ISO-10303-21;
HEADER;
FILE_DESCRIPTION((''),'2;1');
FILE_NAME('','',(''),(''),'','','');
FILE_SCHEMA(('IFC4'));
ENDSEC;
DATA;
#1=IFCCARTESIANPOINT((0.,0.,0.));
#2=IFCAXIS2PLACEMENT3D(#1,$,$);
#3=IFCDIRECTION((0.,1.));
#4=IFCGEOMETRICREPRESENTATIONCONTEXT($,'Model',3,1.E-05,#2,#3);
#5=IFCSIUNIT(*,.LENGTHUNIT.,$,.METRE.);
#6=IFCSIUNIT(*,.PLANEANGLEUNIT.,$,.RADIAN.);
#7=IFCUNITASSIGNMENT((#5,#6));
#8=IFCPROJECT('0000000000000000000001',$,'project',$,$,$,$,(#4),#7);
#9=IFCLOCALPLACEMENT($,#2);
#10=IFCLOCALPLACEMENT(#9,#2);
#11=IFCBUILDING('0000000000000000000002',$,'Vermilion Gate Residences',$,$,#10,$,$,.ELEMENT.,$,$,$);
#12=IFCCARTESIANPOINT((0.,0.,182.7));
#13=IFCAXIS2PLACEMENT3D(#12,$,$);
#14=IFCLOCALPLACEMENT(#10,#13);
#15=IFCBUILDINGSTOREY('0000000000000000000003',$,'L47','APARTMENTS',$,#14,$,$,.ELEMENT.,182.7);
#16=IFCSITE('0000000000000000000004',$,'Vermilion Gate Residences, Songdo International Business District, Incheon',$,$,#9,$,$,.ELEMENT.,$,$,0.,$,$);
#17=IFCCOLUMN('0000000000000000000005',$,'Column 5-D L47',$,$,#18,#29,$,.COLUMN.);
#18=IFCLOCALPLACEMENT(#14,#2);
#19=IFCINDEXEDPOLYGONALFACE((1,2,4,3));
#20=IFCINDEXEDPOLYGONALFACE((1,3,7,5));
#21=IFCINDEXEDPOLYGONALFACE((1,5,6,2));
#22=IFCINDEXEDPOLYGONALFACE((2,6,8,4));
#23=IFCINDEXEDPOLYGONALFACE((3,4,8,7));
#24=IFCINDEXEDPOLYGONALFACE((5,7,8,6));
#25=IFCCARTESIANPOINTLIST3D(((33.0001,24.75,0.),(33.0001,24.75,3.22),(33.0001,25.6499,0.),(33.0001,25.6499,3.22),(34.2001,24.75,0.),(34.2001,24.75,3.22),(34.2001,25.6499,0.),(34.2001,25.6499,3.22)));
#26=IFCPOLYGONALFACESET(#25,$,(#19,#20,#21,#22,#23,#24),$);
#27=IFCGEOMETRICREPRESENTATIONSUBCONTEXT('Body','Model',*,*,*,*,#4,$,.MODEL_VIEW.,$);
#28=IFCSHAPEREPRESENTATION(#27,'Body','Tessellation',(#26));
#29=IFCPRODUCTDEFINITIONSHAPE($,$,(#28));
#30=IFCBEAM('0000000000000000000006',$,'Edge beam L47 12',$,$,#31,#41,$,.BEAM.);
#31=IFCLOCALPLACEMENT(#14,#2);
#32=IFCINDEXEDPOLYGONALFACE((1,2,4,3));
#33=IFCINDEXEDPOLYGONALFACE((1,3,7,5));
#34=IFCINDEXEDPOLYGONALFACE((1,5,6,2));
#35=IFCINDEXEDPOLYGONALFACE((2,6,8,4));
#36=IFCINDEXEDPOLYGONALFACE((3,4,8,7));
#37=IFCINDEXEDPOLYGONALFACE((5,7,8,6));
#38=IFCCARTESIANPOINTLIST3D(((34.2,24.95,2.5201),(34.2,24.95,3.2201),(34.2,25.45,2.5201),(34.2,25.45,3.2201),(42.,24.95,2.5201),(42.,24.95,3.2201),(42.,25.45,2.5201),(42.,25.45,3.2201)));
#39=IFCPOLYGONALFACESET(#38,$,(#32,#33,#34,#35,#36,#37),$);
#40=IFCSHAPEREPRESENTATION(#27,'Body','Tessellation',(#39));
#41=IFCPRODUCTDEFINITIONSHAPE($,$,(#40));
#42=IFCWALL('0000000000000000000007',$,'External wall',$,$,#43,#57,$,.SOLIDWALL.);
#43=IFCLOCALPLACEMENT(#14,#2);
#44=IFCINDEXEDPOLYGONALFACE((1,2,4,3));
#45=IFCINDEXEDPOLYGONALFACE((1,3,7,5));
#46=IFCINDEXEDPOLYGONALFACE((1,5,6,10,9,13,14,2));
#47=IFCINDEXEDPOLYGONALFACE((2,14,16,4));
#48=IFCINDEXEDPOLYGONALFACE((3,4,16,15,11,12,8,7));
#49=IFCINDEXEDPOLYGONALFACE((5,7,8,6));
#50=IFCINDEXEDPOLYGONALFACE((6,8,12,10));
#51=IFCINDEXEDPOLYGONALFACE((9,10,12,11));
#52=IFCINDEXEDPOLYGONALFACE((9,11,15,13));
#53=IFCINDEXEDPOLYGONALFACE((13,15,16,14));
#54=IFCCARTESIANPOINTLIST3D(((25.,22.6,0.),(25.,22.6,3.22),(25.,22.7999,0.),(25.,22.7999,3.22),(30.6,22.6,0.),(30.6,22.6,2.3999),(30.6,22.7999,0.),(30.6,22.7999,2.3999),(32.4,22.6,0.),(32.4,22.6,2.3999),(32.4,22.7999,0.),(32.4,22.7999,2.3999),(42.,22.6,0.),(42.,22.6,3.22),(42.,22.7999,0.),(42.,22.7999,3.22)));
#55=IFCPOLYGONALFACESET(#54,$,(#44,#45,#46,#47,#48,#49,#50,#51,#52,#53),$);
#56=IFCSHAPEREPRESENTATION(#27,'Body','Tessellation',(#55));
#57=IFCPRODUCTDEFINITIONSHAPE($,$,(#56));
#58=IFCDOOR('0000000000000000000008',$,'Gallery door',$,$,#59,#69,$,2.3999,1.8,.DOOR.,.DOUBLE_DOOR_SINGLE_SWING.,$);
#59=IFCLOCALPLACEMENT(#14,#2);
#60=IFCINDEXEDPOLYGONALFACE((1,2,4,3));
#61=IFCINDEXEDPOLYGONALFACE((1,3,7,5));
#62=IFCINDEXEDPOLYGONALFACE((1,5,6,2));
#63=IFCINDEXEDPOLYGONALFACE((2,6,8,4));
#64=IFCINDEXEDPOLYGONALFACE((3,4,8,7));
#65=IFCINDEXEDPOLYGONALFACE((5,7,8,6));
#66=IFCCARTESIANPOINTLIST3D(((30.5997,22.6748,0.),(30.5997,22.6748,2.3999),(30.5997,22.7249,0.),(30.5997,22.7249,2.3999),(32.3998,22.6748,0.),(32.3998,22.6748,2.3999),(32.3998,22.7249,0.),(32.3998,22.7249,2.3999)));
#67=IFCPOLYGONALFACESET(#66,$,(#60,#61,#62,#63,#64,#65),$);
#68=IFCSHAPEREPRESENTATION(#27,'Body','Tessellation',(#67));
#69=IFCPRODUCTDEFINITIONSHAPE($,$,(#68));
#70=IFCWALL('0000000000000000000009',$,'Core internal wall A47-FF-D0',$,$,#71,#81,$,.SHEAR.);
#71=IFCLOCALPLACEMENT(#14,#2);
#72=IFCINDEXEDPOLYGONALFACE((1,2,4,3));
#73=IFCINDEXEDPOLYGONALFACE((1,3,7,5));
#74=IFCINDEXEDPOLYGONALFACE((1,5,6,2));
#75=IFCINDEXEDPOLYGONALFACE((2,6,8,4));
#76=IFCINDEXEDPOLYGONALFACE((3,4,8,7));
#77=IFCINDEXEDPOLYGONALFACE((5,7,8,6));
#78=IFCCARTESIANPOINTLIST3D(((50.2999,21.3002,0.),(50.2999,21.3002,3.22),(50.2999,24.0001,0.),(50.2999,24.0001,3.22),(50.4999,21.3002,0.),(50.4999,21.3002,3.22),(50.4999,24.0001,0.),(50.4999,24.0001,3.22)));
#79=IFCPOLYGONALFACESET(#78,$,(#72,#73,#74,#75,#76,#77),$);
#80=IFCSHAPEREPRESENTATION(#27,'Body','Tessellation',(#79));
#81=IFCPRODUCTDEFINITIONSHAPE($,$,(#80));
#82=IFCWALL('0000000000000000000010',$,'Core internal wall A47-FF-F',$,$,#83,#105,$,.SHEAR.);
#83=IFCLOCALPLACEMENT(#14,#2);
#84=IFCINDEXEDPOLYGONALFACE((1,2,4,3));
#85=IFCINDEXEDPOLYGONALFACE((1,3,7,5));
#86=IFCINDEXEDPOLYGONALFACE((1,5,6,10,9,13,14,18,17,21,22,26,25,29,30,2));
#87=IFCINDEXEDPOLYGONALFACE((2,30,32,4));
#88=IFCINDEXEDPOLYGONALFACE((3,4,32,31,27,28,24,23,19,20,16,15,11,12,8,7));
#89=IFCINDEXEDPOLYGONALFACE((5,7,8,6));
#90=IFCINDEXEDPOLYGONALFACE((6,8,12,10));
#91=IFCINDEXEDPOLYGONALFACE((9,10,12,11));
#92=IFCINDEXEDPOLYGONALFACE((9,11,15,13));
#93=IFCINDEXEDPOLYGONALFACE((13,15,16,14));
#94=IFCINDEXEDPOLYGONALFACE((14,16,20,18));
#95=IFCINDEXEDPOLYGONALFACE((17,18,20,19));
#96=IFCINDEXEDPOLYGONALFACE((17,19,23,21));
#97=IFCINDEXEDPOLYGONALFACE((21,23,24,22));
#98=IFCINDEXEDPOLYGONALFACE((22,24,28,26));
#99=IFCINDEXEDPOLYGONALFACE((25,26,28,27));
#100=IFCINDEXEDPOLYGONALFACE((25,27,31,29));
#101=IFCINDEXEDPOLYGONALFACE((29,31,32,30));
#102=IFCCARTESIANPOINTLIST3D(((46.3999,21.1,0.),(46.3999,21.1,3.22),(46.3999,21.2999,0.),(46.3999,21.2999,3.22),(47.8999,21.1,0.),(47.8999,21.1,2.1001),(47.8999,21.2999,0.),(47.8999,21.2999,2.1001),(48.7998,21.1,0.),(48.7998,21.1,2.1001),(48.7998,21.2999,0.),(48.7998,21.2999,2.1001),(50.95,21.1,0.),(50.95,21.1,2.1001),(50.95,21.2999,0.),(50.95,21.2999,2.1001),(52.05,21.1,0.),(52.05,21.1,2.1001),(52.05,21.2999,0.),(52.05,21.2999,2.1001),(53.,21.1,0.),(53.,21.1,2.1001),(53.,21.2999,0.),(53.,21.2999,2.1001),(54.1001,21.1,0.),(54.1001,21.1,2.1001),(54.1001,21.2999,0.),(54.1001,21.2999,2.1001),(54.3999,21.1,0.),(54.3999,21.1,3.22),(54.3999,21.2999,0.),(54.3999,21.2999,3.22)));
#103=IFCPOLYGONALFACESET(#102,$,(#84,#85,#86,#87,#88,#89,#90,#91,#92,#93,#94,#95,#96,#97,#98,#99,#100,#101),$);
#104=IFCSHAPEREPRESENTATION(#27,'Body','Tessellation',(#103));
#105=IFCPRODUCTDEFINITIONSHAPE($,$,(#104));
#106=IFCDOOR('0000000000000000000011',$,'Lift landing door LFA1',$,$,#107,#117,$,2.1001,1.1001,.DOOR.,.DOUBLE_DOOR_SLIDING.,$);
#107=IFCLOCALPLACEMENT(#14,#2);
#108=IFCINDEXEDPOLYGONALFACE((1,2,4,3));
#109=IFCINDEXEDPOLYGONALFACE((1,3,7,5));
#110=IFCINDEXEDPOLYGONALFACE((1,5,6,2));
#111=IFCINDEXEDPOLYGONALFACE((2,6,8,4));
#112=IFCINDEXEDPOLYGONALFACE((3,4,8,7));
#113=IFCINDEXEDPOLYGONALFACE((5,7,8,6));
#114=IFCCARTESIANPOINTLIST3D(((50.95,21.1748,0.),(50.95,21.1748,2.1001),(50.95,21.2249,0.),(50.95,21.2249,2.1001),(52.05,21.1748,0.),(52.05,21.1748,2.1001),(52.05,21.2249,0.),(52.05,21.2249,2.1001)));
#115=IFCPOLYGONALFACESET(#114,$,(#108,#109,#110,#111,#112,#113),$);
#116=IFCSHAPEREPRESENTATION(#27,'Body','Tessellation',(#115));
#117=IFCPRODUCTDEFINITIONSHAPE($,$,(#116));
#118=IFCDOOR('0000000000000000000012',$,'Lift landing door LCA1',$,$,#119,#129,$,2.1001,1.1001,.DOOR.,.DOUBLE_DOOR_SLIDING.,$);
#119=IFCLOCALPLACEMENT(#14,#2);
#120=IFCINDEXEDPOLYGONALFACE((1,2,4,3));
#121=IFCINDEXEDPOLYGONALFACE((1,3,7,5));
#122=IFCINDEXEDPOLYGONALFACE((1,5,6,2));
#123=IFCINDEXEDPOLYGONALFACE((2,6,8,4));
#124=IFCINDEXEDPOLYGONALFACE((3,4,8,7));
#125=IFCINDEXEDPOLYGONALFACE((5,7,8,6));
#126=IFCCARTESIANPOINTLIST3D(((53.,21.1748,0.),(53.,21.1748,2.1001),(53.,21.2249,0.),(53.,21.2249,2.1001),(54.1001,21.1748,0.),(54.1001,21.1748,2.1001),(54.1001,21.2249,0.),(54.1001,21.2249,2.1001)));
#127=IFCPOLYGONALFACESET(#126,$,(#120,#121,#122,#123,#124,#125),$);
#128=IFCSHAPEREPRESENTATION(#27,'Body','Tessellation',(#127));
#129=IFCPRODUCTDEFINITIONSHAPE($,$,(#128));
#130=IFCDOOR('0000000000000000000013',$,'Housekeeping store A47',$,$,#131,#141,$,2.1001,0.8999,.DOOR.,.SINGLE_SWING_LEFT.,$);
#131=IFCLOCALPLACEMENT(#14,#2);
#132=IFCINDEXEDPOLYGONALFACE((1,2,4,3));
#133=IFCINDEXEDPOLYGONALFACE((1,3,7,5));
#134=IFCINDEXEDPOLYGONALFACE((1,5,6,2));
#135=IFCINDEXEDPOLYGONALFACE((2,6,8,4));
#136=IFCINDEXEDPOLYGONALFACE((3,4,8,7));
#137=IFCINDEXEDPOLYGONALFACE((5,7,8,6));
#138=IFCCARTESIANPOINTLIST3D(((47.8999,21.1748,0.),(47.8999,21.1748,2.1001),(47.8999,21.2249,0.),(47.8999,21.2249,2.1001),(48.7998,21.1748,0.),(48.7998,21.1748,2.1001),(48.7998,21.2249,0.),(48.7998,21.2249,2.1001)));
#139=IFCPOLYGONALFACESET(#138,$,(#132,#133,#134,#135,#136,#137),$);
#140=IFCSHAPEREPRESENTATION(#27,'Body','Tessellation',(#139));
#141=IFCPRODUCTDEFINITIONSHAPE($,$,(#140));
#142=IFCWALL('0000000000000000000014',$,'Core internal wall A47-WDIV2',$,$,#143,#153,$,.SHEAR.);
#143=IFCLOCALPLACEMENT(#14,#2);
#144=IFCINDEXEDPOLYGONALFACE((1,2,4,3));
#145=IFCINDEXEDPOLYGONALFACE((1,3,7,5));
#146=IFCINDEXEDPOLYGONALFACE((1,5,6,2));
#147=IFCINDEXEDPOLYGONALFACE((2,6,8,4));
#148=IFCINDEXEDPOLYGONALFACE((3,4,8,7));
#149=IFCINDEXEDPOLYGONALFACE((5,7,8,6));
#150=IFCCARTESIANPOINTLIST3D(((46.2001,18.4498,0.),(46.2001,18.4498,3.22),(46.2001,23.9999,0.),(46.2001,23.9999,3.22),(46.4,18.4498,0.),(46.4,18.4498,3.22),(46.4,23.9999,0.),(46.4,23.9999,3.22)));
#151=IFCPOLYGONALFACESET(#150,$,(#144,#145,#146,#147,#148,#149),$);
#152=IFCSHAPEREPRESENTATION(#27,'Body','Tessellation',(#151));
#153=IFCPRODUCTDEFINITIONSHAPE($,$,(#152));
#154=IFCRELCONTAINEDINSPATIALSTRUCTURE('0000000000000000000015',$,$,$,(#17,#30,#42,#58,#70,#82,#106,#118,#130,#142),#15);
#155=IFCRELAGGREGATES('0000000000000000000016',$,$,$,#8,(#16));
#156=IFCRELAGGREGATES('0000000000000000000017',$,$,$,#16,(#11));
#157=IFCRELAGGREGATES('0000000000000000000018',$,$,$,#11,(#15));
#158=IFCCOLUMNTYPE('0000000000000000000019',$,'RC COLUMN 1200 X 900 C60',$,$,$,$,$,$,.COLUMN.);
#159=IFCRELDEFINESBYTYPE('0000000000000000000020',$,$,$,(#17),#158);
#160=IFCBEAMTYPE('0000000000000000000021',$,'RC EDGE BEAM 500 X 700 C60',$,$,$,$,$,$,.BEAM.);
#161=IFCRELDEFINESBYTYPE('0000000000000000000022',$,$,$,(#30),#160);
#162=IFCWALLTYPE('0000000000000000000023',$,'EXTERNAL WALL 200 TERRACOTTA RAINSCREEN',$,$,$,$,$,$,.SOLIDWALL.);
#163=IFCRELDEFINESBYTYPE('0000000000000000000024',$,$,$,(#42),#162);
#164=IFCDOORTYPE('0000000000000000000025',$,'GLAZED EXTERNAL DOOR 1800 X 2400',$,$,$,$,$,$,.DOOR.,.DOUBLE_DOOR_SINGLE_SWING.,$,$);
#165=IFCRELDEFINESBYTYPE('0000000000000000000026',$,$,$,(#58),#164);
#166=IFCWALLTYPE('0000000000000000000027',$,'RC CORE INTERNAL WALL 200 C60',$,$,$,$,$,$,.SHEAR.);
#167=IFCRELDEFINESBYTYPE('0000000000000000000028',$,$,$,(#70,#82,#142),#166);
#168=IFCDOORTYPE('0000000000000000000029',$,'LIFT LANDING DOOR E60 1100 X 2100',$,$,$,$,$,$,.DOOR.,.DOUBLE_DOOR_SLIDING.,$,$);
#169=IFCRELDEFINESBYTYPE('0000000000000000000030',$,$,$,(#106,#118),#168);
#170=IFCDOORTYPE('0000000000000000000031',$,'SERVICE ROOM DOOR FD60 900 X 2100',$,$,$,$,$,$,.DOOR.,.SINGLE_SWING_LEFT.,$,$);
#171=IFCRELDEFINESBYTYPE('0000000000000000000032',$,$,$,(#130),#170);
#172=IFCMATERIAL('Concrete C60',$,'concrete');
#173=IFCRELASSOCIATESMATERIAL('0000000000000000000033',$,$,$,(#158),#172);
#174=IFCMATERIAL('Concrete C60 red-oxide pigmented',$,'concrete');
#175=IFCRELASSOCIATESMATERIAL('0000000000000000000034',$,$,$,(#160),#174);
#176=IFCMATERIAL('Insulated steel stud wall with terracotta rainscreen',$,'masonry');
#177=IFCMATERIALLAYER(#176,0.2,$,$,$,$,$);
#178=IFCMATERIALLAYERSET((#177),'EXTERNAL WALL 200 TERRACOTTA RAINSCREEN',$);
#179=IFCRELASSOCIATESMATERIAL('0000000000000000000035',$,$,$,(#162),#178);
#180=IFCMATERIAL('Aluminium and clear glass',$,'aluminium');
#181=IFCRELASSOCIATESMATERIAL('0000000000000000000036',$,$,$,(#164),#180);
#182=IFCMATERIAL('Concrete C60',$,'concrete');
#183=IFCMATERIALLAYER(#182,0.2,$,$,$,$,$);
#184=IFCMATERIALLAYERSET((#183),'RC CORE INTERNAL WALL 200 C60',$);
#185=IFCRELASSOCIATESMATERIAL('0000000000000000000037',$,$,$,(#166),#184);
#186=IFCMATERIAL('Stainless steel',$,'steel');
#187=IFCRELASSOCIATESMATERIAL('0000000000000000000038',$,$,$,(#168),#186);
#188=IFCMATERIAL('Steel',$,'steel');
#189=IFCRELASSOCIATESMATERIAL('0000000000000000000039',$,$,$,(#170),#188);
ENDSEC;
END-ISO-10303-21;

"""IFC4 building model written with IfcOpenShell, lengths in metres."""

from ifc_helpers import new_model, si_unit, direction, frame, frame_2d, origin, origin_2d, place, context, subcontext, project, spatial, rectangle, extrude, material, layer, layer_set, material_profile, profile_set, type_object, element, fill, save


model = new_model("IFC4")

# Units and contexts
model_context = context("Model", 3, precision=1e-05, world=origin(), true_north=direction((0.0, 1.0)))
body_context = subcontext(model_context, "Body", "Model", "MODEL_VIEW")
ifc_project = project(units=[si_unit("LENGTHUNIT", "METRE"), si_unit("PLANEANGLEUNIT", "RADIAN")], contexts=[model_context])

# Site, building, storey
site_placement = place(None, origin())
site = spatial("IfcSite", under=ifc_project, at=site_placement, Name="Vermilion Gate Residences, Songdo International Business District, Incheon", CompositionType="ELEMENT", RefElevation=0.0)
building_placement = place(site_placement, origin())
building = spatial("IfcBuilding", under=site, at=building_placement, Name="Vermilion Gate Residences", CompositionType="ELEMENT")
storey_placement = place(building_placement, frame((0.0, 0.0, 182.7)))
storey = spatial("IfcBuildingStorey", under=building, at=storey_placement, Name="L47", Description="APARTMENTS", CompositionType="ELEMENT", Elevation=182.7)

# Column
ifc_material_1 = material(Name="Concrete C60", Category="concrete")
ifc_material_profile_1 = material_profile(ifc_material_1, rectangle(XDim=1.2, YDim=0.8999, at=origin_2d()), Name="RC-1200x900")
ifc_profile_set_1 = profile_set([ifc_material_profile_1], Name="Concrete C60")
column_type = type_object("IfcColumnType", Name="RC COLUMN 1200 X 900 C60", PredefinedType="COLUMN", material=ifc_profile_set_1)
column_placement = place(storey_placement, frame((33.6001, 25.2, 0.0), z_axis=(0.0, 0.0, 1.0), x_axis=(1.0, 0.0, 0.0)))
element("IfcColumn", 1, at=column_placement, inside=storey, type_object=column_type, Name="Column 5-D L47", PredefinedType="COLUMN", context=body_context, shape_type="SweptSolid", body=[
    extrude(rectangle(XDim=1.2, YDim=0.8999, at=origin_2d()), origin(), (0.0, 0.0, 1.0), 3.22),
])

# Beam
ifc_material_2 = material(Name="Concrete C60 red-oxide pigmented", Category="concrete")
ifc_material_profile_2 = material_profile(ifc_material_2, rectangle(XDim=0.5, YDim=0.7, at=origin_2d()), Name="RC-500x700")
ifc_profile_set_2 = profile_set([ifc_material_profile_2], Name="Concrete C60 red-oxide pigmented")
beam_type = type_object("IfcBeamType", Name="RC EDGE BEAM 500 X 700 C60", PredefinedType="BEAM", material=ifc_profile_set_2)
beam_placement = place(storey_placement, frame((34.2, 25.2, 2.8701), z_axis=(1.0, 0.0, 0.0), x_axis=(0.0, 1.0, 0.0)))
element("IfcBeam", 2, at=beam_placement, inside=storey, type_object=beam_type, Name="Edge beam L47 12", PredefinedType="BEAM", context=body_context, shape_type="SweptSolid", body=[
    extrude(rectangle(XDim=0.5, YDim=0.7, at=origin_2d()), origin(), (0.0, 0.0, 1.0), 7.8),
])

# Wall, opening, door
ifc_material_3 = material(Name="Insulated steel stud wall with terracotta rainscreen", Category="masonry")
ifc_layer_1 = layer(ifc_material_3, 0.2)
ifc_layer_set_1 = layer_set([ifc_layer_1], Name="EXTERNAL WALL 200 TERRACOTTA RAINSCREEN")
wall_type_1 = type_object("IfcWallType", Name="EXTERNAL WALL 200 TERRACOTTA RAINSCREEN", PredefinedType="SOLIDWALL", material=ifc_layer_set_1)
wall_1_placement = place(storey_placement, frame((42.0, 22.7, 0.0), z_axis=(0.0, 0.0, 1.0), x_axis=(-1.0, 0.0, 0.0)))
wall_1 = element("IfcWall", 3, at=wall_1_placement, inside=storey, type_object=wall_type_1, Name="External wall", PredefinedType="SOLIDWALL", context=body_context, shape_type="SweptSolid", body=[
    extrude(rectangle(XDim=17.0, YDim=0.2, at=frame_2d((8.5, 0.0))), origin(), (0.0, 0.0, 1.0), 3.22),
])
opening_1_placement = place(wall_1_placement, frame((9.6001, 0.0, 0.0)))
opening_1 = element("IfcOpeningElement", 4, at=opening_1_placement, cuts=wall_1, PredefinedType="OPENING", context=body_context, shape_type="SweptSolid", body=[
    extrude(rectangle(XDim=1.8, YDim=2.3999, at=frame_2d((0.8999, 1.2))), frame((0.0, 0.1099, 0.0), z_axis=(0.0, -1.0, 0.0), x_axis=(1.0, 0.0, 0.0)), (0.0, 0.0, 1.0), 0.22),
])
ifc_material_4 = material(Name="Aluminium and clear glass", Category="aluminium")
door_type_1 = type_object("IfcDoorType", Name="GLAZED EXTERNAL DOOR 1800 X 2400", OperationType="DOUBLE_DOOR_SINGLE_SWING", PredefinedType="DOOR", material=ifc_material_4)
door_1_placement = place(opening_1_placement, frame((1.8, 0.0, 0.0), z_axis=(0.0, 0.0, 1.0), x_axis=(-1.0, 0.0, 0.0)))
door_1 = element("IfcDoor", 5, at=door_1_placement, inside=storey, type_object=door_type_1, Name="Gallery door", OperationType="DOUBLE_DOOR_SINGLE_SWING", OverallHeight=2.3999, OverallWidth=1.8, PredefinedType="DOOR", context=body_context, shape_type="SweptSolid", body=[
    extrude(rectangle(XDim=1.8, YDim=2.3999, at=frame_2d((0.8999, 1.2))), frame((0.0, 0.0249, 0.0), z_axis=(0.0, -1.0, 0.0), x_axis=(1.0, 0.0, 0.0)), (0.0, 0.0, 1.0), 0.05),
])
fill(opening_1, door_1)

# Wall
ifc_material_5 = material(Name="Concrete C60", Category="concrete")
ifc_layer_2 = layer(ifc_material_5, 0.2)
ifc_layer_set_2 = layer_set([ifc_layer_2], Name="RC CORE INTERNAL WALL 200 C60")
wall_type_2 = type_object("IfcWallType", Name="RC CORE INTERNAL WALL 200 C60", PredefinedType="SHEAR", material=ifc_layer_set_2)
wall_2_placement = place(storey_placement, frame((50.3999, 21.3, 0.0), z_axis=(0.0, 0.0, 1.0), x_axis=(0.0, 1.0, 0.0)))
element("IfcWall", 6, at=wall_2_placement, inside=storey, type_object=wall_type_2, Name="Core internal wall A47-FF-D0", PredefinedType="SHEAR", context=body_context, shape_type="SweptSolid", body=[
    extrude(rectangle(XDim=2.7, YDim=0.2, at=frame_2d((1.3501, 0.0))), origin(), (0.0, 0.0, 1.0), 3.22),
])

# Wall, openings, doors
wall_3_placement = place(storey_placement, frame((46.3999, 21.2, 0.0), z_axis=(0.0, 0.0, 1.0), x_axis=(1.0, 0.0, 0.0)))
wall_3 = element("IfcWall", 7, at=wall_3_placement, inside=storey, type_object=wall_type_2, Name="Core internal wall A47-FF-F", PredefinedType="SHEAR", context=body_context, shape_type="SweptSolid", body=[
    extrude(rectangle(XDim=8.0, YDim=0.2, at=frame_2d((4.0, 0.0))), origin(), (0.0, 0.0, 1.0), 3.22),
])
opening_2_placement = place(wall_3_placement, frame((1.5, 0.0, 0.0)))
opening_2 = element("IfcOpeningElement", 8, at=opening_2_placement, cuts=wall_3, PredefinedType="OPENING", context=body_context, shape_type="SweptSolid", body=[
    extrude(rectangle(XDim=0.8999, YDim=2.1001, at=frame_2d((0.45, 1.05))), frame((0.0, 0.1099, 0.0), z_axis=(0.0, -1.0, 0.0), x_axis=(1.0, 0.0, 0.0)), (0.0, 0.0, 1.0), 0.22),
])
opening_3_placement = place(wall_3_placement, frame((4.55, 0.0, 0.0)))
opening_3 = element("IfcOpeningElement", 9, at=opening_3_placement, cuts=wall_3, PredefinedType="OPENING", context=body_context, shape_type="SweptSolid", body=[
    extrude(rectangle(XDim=1.1001, YDim=2.1001, at=frame_2d((0.55, 1.05))), frame((0.0, 0.1099, 0.0), z_axis=(0.0, -1.0, 0.0), x_axis=(1.0, 0.0, 0.0)), (0.0, 0.0, 1.0), 0.22),
])
opening_4_placement = place(wall_3_placement, frame((6.6001, 0.0, 0.0)))
opening_4 = element("IfcOpeningElement", 10, at=opening_4_placement, cuts=wall_3, PredefinedType="OPENING", context=body_context, shape_type="SweptSolid", body=[
    extrude(rectangle(XDim=1.1001, YDim=2.1001, at=frame_2d((0.55, 1.05))), frame((0.0, 0.1099, 0.0), z_axis=(0.0, -1.0, 0.0), x_axis=(1.0, 0.0, 0.0)), (0.0, 0.0, 1.0), 0.22),
])
ifc_material_6 = material(Name="Stainless steel", Category="steel")
door_type_2 = type_object("IfcDoorType", Name="LIFT LANDING DOOR E60 1100 X 2100", OperationType="DOUBLE_DOOR_SLIDING", PredefinedType="DOOR", material=ifc_material_6)
door_2_placement = place(opening_3_placement, origin())
door_2 = element("IfcDoor", 11, at=door_2_placement, inside=storey, type_object=door_type_2, Name="Lift landing door LFA1", OperationType="DOUBLE_DOOR_SLIDING", OverallHeight=2.1001, OverallWidth=1.1001, PredefinedType="DOOR", context=body_context, shape_type="SweptSolid", body=[
    extrude(rectangle(XDim=1.1001, YDim=2.1001, at=frame_2d((0.55, 1.05))), frame((0.0, 0.0249, 0.0), z_axis=(0.0, -1.0, 0.0), x_axis=(1.0, 0.0, 0.0)), (0.0, 0.0, 1.0), 0.05),
])
fill(opening_3, door_2)
door_3_placement = place(opening_4_placement, origin())
door_3 = element("IfcDoor", 12, at=door_3_placement, inside=storey, type_object=door_type_2, Name="Lift landing door LCA1", OperationType="DOUBLE_DOOR_SLIDING", OverallHeight=2.1001, OverallWidth=1.1001, PredefinedType="DOOR", context=body_context, shape_type="SweptSolid", body=[
    extrude(rectangle(XDim=1.1001, YDim=2.1001, at=frame_2d((0.55, 1.05))), frame((0.0, 0.0249, 0.0), z_axis=(0.0, -1.0, 0.0), x_axis=(1.0, 0.0, 0.0)), (0.0, 0.0, 1.0), 0.05),
])
fill(opening_4, door_3)
ifc_material_7 = material(Name="Steel", Category="steel")
door_type_3 = type_object("IfcDoorType", Name="SERVICE ROOM DOOR FD60 900 X 2100", OperationType="SINGLE_SWING_LEFT", PredefinedType="DOOR", material=ifc_material_7)
door_4_placement = place(opening_2_placement, origin())
door_4 = element("IfcDoor", 13, at=door_4_placement, inside=storey, type_object=door_type_3, Name="Housekeeping store A47", OperationType="SINGLE_SWING_LEFT", OverallHeight=2.1001, OverallWidth=0.8999, PredefinedType="DOOR", context=body_context, shape_type="SweptSolid", body=[
    extrude(rectangle(XDim=0.8999, YDim=2.1001, at=frame_2d((0.45, 1.05))), frame((0.0, 0.0249, 0.0), z_axis=(0.0, -1.0, 0.0), x_axis=(1.0, 0.0, 0.0)), (0.0, 0.0, 1.0), 0.05),
])
fill(opening_2, door_4)

# Wall
wall_4_placement = place(storey_placement, frame((46.3, 18.45, 0.0), z_axis=(0.0, 0.0, 1.0), x_axis=(0.0, 1.0, 0.0)))
element("IfcWall", 14, at=wall_4_placement, inside=storey, type_object=wall_type_2, Name="Core internal wall A47-WDIV2", PredefinedType="SHEAR", context=body_context, shape_type="SweptSolid", body=[
    extrude(rectangle(XDim=5.55, YDim=0.2, at=frame_2d((2.7749, 0.0))), origin(), (0.0, 0.0, 1.0), 3.22),
])

save(model, "model.ifc")
